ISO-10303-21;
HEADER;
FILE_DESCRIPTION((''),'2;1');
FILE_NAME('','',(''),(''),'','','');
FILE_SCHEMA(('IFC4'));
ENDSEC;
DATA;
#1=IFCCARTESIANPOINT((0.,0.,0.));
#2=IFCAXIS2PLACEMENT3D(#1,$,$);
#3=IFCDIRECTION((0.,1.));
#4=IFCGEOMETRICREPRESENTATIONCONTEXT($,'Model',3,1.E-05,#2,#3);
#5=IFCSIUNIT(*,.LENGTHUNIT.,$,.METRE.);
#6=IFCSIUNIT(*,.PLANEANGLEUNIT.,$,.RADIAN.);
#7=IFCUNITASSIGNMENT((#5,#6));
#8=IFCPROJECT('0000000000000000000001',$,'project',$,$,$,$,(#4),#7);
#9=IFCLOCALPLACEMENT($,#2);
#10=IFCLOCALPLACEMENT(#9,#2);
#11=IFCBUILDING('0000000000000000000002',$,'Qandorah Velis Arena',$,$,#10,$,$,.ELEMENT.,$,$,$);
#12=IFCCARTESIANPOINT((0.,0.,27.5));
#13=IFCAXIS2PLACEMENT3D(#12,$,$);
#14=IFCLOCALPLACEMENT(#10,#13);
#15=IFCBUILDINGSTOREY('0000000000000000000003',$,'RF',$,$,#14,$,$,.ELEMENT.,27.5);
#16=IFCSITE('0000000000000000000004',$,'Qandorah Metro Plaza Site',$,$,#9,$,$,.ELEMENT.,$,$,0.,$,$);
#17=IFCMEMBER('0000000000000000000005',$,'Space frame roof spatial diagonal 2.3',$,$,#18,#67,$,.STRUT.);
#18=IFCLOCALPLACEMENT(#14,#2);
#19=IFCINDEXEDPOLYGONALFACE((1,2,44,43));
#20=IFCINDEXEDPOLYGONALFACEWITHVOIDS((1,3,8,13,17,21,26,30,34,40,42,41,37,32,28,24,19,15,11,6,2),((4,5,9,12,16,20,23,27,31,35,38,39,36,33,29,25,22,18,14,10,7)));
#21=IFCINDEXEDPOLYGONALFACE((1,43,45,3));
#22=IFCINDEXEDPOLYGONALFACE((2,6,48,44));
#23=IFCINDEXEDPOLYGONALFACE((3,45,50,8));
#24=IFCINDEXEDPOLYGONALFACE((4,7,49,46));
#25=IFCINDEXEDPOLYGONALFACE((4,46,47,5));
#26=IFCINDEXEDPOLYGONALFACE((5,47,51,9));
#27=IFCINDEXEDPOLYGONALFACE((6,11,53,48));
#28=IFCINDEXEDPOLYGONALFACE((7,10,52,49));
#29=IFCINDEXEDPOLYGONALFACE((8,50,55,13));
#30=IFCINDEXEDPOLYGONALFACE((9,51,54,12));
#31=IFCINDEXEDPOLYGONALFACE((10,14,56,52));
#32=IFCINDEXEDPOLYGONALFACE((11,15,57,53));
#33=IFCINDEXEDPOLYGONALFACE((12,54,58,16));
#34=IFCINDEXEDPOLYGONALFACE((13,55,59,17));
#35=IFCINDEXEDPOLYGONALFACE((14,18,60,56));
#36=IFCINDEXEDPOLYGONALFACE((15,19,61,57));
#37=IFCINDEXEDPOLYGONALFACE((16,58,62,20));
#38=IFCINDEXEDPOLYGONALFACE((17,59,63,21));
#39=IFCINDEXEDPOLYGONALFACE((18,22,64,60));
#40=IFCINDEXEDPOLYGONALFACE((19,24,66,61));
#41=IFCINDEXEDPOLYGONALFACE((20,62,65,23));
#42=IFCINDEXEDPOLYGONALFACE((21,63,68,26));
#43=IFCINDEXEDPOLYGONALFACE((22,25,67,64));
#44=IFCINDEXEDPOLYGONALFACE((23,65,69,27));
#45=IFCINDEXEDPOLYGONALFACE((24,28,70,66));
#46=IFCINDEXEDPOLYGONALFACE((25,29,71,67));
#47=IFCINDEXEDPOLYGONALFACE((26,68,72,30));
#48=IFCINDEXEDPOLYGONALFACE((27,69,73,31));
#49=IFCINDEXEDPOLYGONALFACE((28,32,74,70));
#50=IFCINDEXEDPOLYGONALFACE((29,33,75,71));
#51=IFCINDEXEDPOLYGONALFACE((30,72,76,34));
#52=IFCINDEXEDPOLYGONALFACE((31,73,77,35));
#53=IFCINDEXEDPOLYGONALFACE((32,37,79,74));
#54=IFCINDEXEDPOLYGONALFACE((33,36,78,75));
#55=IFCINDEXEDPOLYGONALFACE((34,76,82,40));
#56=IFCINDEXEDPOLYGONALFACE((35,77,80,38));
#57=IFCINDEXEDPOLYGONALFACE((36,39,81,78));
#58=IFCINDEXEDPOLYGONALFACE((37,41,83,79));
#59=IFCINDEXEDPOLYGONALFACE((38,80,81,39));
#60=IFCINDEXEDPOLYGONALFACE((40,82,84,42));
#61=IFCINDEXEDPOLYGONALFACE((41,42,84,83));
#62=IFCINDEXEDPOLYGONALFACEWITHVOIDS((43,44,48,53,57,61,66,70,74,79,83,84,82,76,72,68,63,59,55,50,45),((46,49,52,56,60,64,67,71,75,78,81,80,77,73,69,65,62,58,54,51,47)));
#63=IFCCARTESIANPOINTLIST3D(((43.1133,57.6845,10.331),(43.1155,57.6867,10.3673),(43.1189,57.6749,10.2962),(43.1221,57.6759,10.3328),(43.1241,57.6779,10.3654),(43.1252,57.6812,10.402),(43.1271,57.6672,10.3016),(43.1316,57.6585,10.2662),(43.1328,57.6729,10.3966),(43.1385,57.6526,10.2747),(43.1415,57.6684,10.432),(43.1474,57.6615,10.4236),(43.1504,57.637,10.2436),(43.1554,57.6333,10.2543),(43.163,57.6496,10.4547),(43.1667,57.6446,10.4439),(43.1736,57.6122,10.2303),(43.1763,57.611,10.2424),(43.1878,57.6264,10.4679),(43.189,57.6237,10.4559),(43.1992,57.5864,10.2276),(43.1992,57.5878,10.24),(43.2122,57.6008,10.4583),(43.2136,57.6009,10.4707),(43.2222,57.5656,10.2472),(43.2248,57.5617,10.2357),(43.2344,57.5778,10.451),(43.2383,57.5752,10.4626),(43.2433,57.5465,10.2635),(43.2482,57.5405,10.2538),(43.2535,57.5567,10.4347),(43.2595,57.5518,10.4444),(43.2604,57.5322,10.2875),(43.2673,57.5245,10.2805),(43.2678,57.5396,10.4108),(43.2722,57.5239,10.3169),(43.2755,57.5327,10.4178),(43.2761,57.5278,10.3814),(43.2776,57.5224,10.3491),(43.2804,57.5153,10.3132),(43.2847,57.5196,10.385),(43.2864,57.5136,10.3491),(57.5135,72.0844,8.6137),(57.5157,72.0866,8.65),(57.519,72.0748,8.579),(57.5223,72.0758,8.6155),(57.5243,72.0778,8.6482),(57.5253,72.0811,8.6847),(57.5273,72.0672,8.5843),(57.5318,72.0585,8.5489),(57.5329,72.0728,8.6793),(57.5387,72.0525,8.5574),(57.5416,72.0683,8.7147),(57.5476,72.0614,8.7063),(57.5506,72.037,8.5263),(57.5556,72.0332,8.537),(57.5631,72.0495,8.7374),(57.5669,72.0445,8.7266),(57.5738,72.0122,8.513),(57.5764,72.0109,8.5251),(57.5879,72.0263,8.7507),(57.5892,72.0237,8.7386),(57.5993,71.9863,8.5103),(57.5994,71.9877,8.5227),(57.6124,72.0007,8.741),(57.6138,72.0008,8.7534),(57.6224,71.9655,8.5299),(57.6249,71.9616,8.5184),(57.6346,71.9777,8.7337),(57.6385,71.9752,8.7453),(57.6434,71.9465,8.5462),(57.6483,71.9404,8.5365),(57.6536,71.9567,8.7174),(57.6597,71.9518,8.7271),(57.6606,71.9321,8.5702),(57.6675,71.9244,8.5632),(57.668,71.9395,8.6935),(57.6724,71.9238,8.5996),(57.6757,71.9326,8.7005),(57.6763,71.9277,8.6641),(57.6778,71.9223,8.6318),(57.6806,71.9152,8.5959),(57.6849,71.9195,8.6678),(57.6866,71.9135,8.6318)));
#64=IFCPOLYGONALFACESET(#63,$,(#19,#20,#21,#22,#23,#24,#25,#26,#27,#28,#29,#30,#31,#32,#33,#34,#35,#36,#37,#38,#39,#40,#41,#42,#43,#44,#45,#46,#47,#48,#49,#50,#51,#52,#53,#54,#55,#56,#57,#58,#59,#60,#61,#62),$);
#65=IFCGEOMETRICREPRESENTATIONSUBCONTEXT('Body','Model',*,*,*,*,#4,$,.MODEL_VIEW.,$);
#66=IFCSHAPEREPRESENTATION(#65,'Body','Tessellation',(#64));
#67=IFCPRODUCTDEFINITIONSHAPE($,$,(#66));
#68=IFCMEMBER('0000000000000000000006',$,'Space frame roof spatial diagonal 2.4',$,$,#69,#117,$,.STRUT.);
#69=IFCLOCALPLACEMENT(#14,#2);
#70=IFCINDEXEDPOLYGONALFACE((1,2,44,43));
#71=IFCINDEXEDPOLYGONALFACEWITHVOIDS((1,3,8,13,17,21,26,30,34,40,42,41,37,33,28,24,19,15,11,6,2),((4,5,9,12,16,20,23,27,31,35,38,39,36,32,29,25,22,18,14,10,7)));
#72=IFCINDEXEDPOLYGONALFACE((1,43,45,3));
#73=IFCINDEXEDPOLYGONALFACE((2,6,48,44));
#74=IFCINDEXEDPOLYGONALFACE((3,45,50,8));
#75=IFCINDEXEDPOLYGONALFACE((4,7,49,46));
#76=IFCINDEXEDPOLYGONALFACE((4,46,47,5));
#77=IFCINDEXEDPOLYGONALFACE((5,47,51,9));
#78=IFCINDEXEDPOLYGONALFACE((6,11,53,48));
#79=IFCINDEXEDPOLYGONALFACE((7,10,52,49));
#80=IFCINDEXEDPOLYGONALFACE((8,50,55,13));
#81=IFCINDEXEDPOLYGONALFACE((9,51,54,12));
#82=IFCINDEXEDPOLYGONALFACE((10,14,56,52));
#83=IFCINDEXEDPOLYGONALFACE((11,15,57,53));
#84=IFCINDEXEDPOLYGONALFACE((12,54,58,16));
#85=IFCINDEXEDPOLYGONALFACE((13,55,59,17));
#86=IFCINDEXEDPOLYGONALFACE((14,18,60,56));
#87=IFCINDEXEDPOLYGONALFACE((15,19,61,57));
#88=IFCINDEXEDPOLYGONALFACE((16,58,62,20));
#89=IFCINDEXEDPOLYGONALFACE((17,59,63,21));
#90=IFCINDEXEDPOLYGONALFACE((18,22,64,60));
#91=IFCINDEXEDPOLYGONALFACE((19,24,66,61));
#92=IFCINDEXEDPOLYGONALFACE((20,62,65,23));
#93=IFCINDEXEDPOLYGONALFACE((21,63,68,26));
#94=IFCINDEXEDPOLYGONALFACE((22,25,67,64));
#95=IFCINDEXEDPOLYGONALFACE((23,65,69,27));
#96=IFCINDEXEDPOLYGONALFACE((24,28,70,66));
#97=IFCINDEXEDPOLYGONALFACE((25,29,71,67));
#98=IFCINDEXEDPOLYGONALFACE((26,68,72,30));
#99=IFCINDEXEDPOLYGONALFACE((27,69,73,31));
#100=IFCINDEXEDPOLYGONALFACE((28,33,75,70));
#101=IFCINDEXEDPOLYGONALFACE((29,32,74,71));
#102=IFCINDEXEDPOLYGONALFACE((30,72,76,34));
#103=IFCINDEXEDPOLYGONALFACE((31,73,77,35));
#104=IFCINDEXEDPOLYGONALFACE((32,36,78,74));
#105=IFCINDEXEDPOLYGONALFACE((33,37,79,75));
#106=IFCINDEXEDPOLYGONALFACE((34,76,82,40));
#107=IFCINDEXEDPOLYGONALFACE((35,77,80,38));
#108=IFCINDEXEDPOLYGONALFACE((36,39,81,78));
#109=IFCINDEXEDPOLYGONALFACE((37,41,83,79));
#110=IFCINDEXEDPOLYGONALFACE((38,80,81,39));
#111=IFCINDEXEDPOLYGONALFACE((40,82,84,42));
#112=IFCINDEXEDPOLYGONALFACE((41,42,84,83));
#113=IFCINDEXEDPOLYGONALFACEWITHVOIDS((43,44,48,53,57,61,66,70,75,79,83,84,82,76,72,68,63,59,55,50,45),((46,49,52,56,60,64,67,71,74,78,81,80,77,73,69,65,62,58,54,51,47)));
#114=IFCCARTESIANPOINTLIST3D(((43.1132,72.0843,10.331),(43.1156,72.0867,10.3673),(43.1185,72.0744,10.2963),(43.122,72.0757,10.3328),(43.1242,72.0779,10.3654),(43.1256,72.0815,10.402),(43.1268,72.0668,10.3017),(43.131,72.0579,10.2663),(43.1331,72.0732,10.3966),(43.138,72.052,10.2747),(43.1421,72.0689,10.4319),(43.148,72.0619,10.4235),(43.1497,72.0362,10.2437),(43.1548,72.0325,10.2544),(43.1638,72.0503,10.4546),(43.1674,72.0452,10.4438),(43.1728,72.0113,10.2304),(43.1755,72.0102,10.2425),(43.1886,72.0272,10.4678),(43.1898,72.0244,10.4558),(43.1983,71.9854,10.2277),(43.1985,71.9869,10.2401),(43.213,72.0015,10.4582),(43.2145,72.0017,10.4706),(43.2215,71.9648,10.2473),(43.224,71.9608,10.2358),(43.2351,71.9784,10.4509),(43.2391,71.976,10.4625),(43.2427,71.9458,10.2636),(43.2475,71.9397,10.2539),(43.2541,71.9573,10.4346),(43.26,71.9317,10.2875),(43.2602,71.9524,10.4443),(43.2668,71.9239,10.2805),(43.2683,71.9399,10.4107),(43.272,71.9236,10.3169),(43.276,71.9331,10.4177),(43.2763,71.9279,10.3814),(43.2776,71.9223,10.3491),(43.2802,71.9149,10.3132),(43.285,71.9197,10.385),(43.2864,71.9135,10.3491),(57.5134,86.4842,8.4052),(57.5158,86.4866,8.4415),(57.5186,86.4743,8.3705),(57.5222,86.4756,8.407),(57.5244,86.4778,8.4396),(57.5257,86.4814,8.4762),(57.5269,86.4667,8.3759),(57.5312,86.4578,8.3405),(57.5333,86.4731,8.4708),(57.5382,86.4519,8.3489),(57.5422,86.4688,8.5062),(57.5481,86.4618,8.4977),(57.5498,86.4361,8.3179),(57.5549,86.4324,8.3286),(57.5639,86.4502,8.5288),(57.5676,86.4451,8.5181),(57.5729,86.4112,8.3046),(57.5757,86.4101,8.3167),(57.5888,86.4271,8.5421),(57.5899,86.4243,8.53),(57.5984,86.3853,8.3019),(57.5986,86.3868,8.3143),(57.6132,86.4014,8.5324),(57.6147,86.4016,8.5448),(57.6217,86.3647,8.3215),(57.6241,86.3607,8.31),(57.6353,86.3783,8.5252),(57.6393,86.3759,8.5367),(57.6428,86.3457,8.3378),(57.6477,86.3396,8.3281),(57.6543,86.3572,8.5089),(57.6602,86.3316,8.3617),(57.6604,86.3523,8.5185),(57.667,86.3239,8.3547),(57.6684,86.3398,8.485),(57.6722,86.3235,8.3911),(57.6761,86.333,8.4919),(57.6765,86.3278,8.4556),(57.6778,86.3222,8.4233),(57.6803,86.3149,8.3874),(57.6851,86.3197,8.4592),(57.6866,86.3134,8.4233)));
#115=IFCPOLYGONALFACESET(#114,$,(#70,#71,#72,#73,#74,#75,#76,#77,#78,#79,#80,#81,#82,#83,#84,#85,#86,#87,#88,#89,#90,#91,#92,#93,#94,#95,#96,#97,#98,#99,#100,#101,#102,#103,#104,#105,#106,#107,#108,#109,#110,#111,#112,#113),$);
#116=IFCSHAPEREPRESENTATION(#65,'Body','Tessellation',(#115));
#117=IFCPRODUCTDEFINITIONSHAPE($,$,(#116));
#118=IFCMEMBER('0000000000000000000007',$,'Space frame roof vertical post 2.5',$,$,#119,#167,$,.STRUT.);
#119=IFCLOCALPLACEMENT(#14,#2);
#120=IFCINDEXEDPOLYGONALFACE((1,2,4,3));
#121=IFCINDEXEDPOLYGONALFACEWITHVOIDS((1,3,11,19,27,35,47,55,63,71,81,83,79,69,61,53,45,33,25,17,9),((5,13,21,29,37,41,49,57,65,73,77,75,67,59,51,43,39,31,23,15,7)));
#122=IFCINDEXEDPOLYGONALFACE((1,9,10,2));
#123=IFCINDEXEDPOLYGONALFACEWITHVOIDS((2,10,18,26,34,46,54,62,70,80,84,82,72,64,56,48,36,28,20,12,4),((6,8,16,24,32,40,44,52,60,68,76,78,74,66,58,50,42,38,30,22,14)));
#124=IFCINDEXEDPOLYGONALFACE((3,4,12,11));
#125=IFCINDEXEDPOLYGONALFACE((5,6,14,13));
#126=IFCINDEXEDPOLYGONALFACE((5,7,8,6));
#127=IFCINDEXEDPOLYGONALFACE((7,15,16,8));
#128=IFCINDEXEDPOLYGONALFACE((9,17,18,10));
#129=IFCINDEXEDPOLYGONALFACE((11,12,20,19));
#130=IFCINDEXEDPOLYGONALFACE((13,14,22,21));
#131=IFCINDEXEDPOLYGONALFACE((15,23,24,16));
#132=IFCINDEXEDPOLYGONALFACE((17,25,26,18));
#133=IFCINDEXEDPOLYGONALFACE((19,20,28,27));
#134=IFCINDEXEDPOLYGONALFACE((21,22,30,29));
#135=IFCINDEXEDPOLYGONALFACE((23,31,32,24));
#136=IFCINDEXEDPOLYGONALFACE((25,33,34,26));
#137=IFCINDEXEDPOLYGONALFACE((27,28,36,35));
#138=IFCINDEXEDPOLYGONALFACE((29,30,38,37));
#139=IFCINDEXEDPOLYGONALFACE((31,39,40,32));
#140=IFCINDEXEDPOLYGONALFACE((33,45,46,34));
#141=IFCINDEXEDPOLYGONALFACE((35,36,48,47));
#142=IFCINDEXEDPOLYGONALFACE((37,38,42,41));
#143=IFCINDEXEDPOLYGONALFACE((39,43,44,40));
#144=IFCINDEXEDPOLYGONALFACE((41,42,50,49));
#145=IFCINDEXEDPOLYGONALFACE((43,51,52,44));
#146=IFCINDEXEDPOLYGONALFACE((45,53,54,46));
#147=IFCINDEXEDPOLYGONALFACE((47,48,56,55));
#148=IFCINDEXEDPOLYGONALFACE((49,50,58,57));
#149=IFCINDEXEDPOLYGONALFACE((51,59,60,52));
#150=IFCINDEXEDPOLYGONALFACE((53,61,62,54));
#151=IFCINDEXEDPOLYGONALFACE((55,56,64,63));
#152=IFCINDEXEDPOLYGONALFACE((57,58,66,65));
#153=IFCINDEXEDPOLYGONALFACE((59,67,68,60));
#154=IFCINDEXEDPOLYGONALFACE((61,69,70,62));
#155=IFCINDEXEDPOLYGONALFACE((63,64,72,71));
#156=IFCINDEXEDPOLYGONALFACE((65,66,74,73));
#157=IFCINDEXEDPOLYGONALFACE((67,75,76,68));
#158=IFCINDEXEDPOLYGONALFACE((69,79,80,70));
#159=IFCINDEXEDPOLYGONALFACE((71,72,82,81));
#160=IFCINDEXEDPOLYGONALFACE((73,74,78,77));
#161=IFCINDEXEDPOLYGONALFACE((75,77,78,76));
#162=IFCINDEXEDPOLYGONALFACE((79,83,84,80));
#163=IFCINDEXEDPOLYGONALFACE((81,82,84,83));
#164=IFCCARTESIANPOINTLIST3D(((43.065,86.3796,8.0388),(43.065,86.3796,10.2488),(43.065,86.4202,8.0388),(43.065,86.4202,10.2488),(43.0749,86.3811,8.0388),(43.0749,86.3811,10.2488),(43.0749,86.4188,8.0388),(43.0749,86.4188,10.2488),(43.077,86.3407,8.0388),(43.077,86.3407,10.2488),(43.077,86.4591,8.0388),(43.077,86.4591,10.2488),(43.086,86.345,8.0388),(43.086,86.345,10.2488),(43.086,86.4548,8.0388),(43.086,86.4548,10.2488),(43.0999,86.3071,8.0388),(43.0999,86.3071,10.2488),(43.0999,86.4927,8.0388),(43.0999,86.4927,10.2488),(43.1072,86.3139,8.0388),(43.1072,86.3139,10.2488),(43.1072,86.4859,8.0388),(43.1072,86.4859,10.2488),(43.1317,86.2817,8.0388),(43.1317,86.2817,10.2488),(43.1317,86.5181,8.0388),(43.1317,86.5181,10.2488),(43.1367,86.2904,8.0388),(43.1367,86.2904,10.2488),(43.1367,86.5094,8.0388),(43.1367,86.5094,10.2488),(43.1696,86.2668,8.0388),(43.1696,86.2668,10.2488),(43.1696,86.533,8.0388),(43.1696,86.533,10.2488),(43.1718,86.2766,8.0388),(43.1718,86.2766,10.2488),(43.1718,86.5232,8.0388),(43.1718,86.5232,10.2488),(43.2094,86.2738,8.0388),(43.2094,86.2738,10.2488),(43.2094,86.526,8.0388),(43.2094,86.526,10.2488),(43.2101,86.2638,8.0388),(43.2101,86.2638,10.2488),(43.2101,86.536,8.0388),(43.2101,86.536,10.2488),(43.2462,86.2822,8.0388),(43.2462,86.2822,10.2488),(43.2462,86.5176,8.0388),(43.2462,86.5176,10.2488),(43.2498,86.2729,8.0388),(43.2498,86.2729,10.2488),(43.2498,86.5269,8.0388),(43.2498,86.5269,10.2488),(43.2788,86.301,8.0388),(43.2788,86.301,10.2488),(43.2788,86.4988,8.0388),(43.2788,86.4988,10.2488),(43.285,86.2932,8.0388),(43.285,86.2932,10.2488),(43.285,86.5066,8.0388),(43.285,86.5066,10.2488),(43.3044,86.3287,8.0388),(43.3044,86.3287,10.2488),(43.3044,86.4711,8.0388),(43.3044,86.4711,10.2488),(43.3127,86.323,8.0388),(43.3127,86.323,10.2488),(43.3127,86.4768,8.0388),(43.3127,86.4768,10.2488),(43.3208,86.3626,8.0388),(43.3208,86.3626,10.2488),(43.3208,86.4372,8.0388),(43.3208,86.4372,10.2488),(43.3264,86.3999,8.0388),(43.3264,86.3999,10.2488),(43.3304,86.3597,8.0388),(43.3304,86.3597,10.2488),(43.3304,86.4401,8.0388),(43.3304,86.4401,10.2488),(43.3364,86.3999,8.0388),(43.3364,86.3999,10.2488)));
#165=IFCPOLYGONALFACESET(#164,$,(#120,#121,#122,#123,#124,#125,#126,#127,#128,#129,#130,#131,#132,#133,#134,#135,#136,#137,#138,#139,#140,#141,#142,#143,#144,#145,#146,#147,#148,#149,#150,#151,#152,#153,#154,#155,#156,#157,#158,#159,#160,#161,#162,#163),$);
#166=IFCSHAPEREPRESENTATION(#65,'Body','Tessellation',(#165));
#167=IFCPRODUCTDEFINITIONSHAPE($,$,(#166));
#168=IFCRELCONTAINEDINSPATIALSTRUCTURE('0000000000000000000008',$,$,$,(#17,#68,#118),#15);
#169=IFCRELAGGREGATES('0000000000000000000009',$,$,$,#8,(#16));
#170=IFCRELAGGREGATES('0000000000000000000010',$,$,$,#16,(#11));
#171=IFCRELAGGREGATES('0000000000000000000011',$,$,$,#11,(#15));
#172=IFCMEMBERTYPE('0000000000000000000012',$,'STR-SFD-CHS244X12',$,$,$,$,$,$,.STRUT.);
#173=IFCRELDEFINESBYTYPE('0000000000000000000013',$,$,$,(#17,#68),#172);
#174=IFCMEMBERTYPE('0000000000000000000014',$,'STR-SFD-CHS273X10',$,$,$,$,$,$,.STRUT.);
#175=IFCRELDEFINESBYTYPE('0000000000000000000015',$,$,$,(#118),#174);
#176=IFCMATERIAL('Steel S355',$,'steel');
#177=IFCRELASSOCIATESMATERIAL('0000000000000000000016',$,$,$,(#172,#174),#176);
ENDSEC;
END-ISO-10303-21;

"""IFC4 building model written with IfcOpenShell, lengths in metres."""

from ifc_helpers import new_model, si_unit, direction, frame, origin, origin_2d, place, context, subcontext, project, spatial, hollow_circle, extrude, material, material_profile, profile_set, type_object, element, save


model = new_model("IFC4")

# Units and contexts
model_context = context("Model", 3, precision=1e-05, world=origin(), true_north=direction((0.0, 1.0)))
body_context = subcontext(model_context, "Body", "Model", "MODEL_VIEW")
ifc_project = project(units=[si_unit("LENGTHUNIT", "METRE"), si_unit("PLANEANGLEUNIT", "RADIAN")], contexts=[model_context])

# Site, building, storey
site_placement = place(None, origin())
site = spatial("IfcSite", under=ifc_project, at=site_placement, Name="Qandorah Metro Plaza Site", CompositionType="ELEMENT", RefElevation=0.0)
building_placement = place(site_placement, origin())
building = spatial("IfcBuilding", under=site, at=building_placement, Name="Qandorah Velis Arena", CompositionType="ELEMENT")
storey_placement = place(building_placement, frame((0.0, 0.0, 27.5)))
storey = spatial("IfcBuildingStorey", under=building, at=storey_placement, Name="RF", CompositionType="ELEMENT", Elevation=27.5)

# Shared definitions
ifc_material_1 = material(Name="Steel S355", Category="steel")

# Members
ifc_material_profile_1 = material_profile(ifc_material_1, hollow_circle(Radius=0.1223, WallThickness=0.0125, at=origin_2d()), Name="CHS 244.5x12.5")
ifc_profile_set_1 = profile_set([ifc_material_profile_1], Name="Steel S355")
member_type_1 = type_object("IfcMemberType", Name="STR-SFD-CHS244X12", PredefinedType="STRUT", material=ifc_profile_set_1)
member_1_placement = place(storey_placement, frame((57.6001, 72.0, 8.6318), z_axis=(-0.704612, -0.7046, 0.084028), x_axis=(0.707101, -0.707113, 0.0)))
element("IfcMember", 1, at=member_1_placement, inside=storey, type_object=member_type_1, Name="Space frame roof spatial diagonal 2.3", PredefinedType="STRUT", context=body_context, shape_type="SweptSolid", body=[
    extrude(hollow_circle(Radius=0.1223, WallThickness=0.0125, at=origin_2d()), origin(), (0.0, 0.0, 1.0), 20.437),
])
member_2_placement = place(storey_placement, frame((57.6001, 86.3999, 8.4233), z_axis=(-0.703972, -0.70396, 0.094145), x_axis=(0.707101, -0.707113, 0.0)))
element("IfcMember", 2, at=member_2_placement, inside=storey, type_object=member_type_1, Name="Space frame roof spatial diagonal 2.4", PredefinedType="STRUT", context=body_context, shape_type="SweptSolid", body=[
    extrude(hollow_circle(Radius=0.1223, WallThickness=0.0125, at=origin_2d()), origin(), (0.0, 0.0, 1.0), 20.4556),
])
ifc_material_profile_2 = material_profile(ifc_material_1, hollow_circle(Radius=0.1365, WallThickness=0.01, at=origin_2d()), Name="CHS 273x10")
ifc_profile_set_2 = profile_set([ifc_material_profile_2], Name="Steel S355")
member_type_2 = type_object("IfcMemberType", Name="STR-SFD-CHS273X10", PredefinedType="STRUT", material=ifc_profile_set_2)
for number, where, z_axis, x_axis, name in (
    (3, (43.2, 86.3999, 8.0388), (0.0, 0.0, 1.0), (1.0, 0.0, 0.0), "Space frame roof vertical post 2.5"),
):
    element("IfcMember", number, at=place(storey_placement, frame(where, z_axis=z_axis, x_axis=x_axis)), inside=storey, type_object=member_type_2, Name=name, PredefinedType="STRUT", context=body_context, shape_type="SweptSolid", body=[
        extrude(hollow_circle(Radius=0.1365, WallThickness=0.01, at=origin_2d()), origin(), (0.0, 0.0, 1.0), 2.21),
    ])

save(model, "model.ifc")
